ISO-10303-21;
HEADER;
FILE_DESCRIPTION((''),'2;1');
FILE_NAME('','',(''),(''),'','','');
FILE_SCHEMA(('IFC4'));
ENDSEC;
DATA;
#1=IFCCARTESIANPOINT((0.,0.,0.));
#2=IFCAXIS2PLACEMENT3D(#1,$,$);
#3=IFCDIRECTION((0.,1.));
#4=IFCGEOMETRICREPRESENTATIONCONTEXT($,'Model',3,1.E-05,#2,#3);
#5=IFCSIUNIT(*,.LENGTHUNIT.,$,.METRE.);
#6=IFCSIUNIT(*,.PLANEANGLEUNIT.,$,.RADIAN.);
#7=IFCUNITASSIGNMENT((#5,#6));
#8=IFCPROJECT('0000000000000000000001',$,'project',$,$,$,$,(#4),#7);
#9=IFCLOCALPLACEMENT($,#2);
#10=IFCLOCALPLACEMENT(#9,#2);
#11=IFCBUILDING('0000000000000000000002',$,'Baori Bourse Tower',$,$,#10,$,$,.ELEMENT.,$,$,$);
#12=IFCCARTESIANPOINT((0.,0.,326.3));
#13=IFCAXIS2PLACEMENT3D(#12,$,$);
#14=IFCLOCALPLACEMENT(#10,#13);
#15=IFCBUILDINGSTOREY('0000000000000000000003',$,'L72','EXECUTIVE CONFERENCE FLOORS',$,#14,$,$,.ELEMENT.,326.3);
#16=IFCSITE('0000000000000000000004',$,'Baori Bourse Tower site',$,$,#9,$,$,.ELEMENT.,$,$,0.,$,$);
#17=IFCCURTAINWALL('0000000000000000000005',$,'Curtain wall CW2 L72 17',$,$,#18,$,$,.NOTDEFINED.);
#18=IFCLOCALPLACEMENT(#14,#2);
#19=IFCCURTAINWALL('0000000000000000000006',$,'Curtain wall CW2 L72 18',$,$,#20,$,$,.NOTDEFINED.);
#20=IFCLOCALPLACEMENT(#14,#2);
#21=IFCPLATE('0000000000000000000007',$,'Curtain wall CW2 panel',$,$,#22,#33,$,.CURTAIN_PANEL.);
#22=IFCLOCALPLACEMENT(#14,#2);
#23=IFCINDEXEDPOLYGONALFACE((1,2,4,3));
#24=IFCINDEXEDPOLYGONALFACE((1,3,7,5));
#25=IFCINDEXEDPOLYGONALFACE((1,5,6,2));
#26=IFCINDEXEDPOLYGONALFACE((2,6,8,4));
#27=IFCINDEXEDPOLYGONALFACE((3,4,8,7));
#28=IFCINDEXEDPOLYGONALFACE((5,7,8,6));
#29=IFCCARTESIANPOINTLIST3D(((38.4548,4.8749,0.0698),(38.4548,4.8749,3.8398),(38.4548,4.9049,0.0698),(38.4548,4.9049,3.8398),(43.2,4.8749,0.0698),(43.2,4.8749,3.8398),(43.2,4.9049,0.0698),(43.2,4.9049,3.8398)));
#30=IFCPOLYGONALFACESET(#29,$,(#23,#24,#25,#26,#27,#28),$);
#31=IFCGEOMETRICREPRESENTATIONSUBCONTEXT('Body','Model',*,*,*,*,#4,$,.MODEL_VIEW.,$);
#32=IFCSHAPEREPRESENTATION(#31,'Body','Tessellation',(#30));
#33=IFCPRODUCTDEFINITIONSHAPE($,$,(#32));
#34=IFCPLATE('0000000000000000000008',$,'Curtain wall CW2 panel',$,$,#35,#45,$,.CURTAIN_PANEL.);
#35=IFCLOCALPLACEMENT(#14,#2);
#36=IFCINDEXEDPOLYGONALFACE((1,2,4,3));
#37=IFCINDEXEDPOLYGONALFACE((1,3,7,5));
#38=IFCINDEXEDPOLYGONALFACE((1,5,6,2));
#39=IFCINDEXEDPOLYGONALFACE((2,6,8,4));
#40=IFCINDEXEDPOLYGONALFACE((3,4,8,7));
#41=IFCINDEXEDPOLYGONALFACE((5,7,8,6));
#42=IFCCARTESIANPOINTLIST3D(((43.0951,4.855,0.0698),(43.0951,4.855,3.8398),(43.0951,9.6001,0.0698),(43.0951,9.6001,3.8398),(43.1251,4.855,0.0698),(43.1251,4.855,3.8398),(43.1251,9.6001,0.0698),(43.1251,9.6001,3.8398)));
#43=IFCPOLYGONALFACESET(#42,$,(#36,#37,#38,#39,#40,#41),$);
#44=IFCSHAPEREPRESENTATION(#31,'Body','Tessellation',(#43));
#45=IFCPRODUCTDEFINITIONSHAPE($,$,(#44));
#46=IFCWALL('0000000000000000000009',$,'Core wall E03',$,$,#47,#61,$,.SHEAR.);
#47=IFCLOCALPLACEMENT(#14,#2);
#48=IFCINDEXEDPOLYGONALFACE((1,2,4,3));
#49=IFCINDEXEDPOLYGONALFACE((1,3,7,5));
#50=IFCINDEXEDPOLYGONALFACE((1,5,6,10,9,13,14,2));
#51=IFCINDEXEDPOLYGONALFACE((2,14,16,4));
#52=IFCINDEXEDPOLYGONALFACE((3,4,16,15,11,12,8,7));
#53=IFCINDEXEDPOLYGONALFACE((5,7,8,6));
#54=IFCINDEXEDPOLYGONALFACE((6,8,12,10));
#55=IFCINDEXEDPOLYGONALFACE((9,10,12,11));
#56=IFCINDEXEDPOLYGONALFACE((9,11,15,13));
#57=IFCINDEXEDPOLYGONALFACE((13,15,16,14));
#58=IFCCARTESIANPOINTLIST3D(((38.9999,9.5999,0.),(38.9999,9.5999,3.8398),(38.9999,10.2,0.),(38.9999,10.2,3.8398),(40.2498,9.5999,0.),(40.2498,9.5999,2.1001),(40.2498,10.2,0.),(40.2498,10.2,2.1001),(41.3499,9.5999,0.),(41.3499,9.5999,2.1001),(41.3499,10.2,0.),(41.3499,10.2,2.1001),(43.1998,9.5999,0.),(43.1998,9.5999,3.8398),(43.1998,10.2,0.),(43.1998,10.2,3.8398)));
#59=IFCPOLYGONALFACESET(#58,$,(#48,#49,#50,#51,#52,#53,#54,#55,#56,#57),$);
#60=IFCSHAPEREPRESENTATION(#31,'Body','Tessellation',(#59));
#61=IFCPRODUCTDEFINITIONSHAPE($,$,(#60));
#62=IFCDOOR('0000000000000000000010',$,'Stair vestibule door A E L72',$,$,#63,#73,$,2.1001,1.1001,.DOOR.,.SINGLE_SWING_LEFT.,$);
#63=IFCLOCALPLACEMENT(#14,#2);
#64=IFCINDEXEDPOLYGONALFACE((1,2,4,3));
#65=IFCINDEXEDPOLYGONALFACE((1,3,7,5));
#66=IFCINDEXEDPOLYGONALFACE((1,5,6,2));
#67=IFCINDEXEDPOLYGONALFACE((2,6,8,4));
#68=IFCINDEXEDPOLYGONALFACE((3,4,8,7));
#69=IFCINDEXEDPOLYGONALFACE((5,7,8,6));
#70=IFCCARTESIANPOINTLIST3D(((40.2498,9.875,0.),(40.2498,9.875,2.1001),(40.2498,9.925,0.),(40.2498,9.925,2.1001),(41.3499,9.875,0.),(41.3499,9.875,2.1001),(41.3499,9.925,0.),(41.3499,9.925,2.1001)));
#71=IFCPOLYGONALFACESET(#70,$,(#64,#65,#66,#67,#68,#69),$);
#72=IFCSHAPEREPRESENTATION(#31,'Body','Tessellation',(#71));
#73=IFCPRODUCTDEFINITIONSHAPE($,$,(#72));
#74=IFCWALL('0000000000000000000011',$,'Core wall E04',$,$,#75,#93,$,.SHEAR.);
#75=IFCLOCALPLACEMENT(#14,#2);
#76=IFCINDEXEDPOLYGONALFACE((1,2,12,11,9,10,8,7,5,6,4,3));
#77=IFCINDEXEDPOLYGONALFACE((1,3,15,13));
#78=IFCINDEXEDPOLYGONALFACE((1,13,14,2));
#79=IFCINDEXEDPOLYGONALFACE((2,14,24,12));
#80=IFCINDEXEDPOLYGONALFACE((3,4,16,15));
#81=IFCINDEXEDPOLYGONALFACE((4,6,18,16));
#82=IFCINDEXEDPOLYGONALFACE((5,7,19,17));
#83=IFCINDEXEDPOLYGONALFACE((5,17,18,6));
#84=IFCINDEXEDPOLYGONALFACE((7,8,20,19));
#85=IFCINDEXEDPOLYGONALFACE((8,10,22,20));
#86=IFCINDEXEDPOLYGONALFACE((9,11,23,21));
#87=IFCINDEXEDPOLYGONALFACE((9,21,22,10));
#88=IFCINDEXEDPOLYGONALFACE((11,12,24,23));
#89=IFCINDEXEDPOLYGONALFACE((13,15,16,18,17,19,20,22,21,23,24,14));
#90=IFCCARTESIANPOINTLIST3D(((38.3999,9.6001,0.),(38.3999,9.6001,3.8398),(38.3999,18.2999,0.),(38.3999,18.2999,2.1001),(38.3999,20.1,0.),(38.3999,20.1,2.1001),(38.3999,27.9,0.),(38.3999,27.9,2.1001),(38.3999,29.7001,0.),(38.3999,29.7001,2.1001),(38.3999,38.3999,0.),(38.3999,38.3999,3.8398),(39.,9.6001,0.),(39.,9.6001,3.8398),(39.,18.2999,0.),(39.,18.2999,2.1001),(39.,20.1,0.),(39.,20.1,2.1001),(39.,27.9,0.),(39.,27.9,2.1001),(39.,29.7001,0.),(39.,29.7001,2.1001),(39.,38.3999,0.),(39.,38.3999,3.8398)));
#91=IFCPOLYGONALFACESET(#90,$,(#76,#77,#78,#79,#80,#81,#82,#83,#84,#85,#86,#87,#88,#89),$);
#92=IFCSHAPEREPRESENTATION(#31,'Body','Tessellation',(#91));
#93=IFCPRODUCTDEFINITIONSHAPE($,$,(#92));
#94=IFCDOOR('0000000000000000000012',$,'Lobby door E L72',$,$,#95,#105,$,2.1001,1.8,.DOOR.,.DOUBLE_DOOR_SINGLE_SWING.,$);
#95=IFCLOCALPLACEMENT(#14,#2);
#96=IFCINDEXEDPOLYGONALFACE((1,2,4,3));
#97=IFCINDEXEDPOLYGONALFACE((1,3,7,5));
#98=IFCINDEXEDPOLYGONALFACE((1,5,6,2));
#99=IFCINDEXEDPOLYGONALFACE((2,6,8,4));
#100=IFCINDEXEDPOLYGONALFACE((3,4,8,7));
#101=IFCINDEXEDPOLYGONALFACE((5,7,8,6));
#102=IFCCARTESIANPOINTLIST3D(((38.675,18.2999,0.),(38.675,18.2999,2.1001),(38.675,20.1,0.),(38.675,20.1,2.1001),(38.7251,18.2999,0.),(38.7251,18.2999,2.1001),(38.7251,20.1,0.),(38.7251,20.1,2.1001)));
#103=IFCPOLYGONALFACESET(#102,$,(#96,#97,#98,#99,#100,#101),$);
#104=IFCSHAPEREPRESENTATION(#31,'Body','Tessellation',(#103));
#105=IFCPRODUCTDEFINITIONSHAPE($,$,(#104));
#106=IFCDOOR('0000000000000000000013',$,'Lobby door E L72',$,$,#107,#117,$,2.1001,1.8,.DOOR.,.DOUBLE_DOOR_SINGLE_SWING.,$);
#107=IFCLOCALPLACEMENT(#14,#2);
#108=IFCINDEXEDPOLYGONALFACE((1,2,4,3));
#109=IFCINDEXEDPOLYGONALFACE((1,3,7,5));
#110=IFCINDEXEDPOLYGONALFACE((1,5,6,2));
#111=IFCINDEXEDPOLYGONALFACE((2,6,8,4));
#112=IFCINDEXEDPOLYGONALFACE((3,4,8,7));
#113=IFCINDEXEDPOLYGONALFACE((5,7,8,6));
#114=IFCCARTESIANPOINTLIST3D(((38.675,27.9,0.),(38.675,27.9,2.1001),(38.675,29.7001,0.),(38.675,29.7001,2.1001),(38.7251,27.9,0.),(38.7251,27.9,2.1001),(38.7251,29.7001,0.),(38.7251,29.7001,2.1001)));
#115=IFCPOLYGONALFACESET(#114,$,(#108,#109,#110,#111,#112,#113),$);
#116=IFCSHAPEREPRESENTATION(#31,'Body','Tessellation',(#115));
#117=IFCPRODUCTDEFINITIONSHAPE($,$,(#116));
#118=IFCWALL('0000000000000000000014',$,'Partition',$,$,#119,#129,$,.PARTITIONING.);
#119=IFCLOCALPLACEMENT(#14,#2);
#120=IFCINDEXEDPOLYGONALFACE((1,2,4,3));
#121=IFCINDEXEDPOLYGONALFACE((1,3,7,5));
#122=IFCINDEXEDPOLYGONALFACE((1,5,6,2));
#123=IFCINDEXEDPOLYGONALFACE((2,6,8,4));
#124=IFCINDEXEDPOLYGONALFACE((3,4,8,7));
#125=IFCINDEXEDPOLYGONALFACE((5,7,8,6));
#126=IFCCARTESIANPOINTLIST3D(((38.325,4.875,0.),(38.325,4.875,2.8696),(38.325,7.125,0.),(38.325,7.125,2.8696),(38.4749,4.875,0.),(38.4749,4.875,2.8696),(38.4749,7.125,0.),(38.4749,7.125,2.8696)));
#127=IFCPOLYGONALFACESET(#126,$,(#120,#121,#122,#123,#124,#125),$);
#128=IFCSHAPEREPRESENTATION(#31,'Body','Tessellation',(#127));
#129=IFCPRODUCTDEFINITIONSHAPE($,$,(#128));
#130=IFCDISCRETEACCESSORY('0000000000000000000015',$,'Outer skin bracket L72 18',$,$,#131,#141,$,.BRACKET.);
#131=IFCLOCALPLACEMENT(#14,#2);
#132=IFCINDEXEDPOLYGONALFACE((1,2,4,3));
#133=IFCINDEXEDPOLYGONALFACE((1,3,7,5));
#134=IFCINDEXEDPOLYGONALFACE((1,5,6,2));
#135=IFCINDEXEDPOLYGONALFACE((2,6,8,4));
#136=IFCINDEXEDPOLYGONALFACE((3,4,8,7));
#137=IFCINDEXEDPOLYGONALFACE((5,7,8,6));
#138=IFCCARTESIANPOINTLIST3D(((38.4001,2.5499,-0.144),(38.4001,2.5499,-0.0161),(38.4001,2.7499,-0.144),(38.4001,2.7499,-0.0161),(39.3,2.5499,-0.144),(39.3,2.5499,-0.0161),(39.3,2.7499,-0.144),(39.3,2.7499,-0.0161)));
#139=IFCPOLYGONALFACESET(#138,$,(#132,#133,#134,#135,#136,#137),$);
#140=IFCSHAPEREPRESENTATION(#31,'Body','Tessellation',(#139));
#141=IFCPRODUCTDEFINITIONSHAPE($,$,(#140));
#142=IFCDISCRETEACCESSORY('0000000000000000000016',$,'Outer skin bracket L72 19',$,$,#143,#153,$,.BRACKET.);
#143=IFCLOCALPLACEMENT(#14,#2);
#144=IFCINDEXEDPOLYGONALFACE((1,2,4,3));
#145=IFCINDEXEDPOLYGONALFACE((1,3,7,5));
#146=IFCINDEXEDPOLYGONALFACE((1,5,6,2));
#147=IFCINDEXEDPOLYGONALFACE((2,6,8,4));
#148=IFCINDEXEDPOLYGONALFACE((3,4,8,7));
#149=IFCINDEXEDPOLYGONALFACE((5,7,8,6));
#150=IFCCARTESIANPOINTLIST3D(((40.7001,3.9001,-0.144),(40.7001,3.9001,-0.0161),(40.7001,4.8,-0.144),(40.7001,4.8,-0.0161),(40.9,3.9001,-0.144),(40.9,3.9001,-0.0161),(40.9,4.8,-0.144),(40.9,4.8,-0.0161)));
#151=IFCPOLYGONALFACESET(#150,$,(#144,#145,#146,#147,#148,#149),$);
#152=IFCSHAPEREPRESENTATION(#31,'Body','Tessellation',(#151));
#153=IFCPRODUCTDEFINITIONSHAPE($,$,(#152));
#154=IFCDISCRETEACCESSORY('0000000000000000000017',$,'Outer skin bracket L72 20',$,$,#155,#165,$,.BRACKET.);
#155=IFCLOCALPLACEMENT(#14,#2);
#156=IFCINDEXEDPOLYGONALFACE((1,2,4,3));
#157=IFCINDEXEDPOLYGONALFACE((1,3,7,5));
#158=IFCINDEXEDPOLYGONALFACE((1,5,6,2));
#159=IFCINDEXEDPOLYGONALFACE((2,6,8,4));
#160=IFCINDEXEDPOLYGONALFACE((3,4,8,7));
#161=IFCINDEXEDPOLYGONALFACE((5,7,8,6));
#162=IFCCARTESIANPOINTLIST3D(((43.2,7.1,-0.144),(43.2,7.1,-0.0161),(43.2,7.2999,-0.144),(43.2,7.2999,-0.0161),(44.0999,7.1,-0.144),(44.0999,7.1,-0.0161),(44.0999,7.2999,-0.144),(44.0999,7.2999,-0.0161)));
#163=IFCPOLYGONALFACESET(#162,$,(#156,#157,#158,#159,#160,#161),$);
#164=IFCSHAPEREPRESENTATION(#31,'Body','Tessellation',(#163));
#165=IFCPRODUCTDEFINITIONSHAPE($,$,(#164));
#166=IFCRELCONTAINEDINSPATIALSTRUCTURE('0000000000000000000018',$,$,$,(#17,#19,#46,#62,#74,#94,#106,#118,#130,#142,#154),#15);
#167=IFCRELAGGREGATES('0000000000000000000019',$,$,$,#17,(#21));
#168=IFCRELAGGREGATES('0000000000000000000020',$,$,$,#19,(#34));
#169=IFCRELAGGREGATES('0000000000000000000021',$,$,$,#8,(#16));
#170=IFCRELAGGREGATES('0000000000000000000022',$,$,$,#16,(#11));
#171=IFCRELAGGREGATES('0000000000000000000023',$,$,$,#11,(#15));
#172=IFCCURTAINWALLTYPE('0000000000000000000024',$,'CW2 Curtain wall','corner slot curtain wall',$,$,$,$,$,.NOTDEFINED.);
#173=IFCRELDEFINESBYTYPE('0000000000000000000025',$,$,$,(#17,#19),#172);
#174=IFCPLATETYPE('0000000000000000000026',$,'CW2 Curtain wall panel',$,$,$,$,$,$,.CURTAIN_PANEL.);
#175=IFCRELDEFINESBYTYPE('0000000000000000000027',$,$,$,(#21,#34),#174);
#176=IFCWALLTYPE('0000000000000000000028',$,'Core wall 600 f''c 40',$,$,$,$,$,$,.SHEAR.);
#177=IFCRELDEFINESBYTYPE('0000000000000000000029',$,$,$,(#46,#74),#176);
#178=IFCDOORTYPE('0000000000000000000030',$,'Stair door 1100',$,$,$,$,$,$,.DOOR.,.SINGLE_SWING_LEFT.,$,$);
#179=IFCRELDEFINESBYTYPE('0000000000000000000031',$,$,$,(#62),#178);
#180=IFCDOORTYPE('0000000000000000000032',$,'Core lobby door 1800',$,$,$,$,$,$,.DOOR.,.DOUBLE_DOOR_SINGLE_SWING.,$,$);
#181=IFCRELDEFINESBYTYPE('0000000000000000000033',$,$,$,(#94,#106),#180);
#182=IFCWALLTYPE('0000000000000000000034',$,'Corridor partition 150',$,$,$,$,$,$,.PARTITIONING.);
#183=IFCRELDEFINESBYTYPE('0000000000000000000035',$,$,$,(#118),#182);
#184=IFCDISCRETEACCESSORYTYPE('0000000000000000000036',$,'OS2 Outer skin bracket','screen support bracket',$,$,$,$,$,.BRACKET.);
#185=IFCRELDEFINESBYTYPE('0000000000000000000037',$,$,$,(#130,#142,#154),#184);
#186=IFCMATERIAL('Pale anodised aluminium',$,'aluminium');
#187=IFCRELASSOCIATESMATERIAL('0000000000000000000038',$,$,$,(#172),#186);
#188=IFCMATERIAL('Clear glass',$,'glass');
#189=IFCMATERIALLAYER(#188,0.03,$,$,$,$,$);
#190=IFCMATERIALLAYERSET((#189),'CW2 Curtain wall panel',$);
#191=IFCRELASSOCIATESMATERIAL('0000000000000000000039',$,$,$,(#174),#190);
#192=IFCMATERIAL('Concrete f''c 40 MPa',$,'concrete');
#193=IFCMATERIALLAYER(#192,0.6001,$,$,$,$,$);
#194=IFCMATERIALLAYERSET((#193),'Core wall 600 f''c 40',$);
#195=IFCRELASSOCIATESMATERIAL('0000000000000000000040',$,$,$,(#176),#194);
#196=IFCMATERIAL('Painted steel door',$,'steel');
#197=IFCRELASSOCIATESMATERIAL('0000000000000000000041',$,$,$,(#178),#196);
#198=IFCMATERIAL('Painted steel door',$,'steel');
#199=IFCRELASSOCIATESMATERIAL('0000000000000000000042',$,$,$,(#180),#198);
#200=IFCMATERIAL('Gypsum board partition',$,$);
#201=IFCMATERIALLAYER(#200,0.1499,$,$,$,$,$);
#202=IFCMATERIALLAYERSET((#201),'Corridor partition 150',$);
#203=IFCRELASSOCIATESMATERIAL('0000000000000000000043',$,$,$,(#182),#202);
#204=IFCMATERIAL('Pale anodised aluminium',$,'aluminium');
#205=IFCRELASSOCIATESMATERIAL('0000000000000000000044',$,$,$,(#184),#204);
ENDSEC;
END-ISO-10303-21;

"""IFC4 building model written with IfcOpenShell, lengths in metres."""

from ifc_helpers import new_model, si_unit, direction, frame, frame_2d, origin, origin_2d, place, context, subcontext, project, spatial, rectangle, extrude, material, layer, layer_set, type_object, element, fill, aggregate, save


model = new_model("IFC4")

# Units and contexts
model_context = context("Model", 3, precision=1e-05, world=origin(), true_north=direction((0.0, 1.0)))
body_context = subcontext(model_context, "Body", "Model", "MODEL_VIEW")
ifc_project = project(units=[si_unit("LENGTHUNIT", "METRE"), si_unit("PLANEANGLEUNIT", "RADIAN")], contexts=[model_context])

# Site, building, storey
site_placement = place(None, origin())
site = spatial("IfcSite", under=ifc_project, at=site_placement, Name="Baori Bourse Tower site", CompositionType="ELEMENT", RefElevation=0.0)
building_placement = place(site_placement, origin())
building = spatial("IfcBuilding", under=site, at=building_placement, Name="Baori Bourse Tower", CompositionType="ELEMENT")
storey_placement = place(building_placement, frame((0.0, 0.0, 326.3)))
storey = spatial("IfcBuildingStorey", under=building, at=storey_placement, Name="L72", Description="EXECUTIVE CONFERENCE FLOORS", CompositionType="ELEMENT", Elevation=326.3)

# Curtain walls
ifc_material_1 = material(Name="Pale anodised aluminium", Category="aluminium")
curtain_wall_type = type_object("IfcCurtainWallType", Name="CW2 Curtain wall", Description="corner slot curtain wall", PredefinedType="NOTDEFINED", material=ifc_material_1)
curtain_wall_1_placement = place(storey_placement, origin())
curtain_wall_1 = element("IfcCurtainWall", 1, at=curtain_wall_1_placement, inside=storey, type_object=curtain_wall_type, Name="Curtain wall CW2 L72 17", PredefinedType="NOTDEFINED")
curtain_wall_2_placement = place(storey_placement, origin())
curtain_wall_2 = element("IfcCurtainWall", 2, at=curtain_wall_2_placement, inside=storey, type_object=curtain_wall_type, Name="Curtain wall CW2 L72 18", PredefinedType="NOTDEFINED")

# Plates
ifc_material_2 = material(Name="Clear glass", Category="glass")
ifc_layer_1 = layer(ifc_material_2, 0.03)
ifc_layer_set_1 = layer_set([ifc_layer_1], Name="CW2 Curtain wall panel")
plate_type = type_object("IfcPlateType", Name="CW2 Curtain wall panel", PredefinedType="CURTAIN_PANEL", material=ifc_layer_set_1)
plate_1_placement = place(storey_placement, frame((40.8274, 4.8899, 0.0698), z_axis=(0.0, 0.0, 1.0), x_axis=(1.0, 0.0, 0.0)))
plate_1 = element("IfcPlate", 3, at=plate_1_placement, type_object=plate_type, Name="Curtain wall CW2 panel", PredefinedType="CURTAIN_PANEL", context=body_context, shape_type="SweptSolid", body=[
    extrude(rectangle(XDim=4.7451, YDim=0.03, at=origin_2d()), origin(), (0.0, 0.0, 1.0), 3.77),
])
aggregate(curtain_wall_1, [plate_1])
plate_2_placement = place(storey_placement, frame((43.1101, 7.2275, 0.0698), z_axis=(0.0, 0.0, 1.0), x_axis=(0.0, 1.0, 0.0)))
plate_2 = element("IfcPlate", 4, at=plate_2_placement, type_object=plate_type, Name="Curtain wall CW2 panel", PredefinedType="CURTAIN_PANEL", context=body_context, shape_type="SweptSolid", body=[
    extrude(rectangle(XDim=4.7451, YDim=0.03, at=origin_2d()), origin(), (0.0, 0.0, 1.0), 3.77),
])
aggregate(curtain_wall_2, [plate_2])

# Wall, opening, door
ifc_material_3 = material(Name="Concrete f'c 40 MPa", Category="concrete")
ifc_layer_2 = layer(ifc_material_3, 0.6001)
ifc_layer_set_2 = layer_set([ifc_layer_2], Name="Core wall 600 f'c 40")
wall_type_1 = type_object("IfcWallType", Name="Core wall 600 f'c 40", PredefinedType="SHEAR", material=ifc_layer_set_2)
wall_1_placement = place(storey_placement, frame((43.2, 9.8999, 0.0), z_axis=(0.0, 0.0, 1.0), x_axis=(-1.0, 0.0, 0.0)))
wall_1 = element("IfcWall", 5, at=wall_1_placement, inside=storey, type_object=wall_type_1, Name="Core wall E03", PredefinedType="SHEAR", context=body_context, shape_type="SweptSolid", body=[
    extrude(rectangle(XDim=4.2, YDim=0.6001, at=frame_2d((2.1001, 0.0))), origin(), (0.0, 0.0, 1.0), 3.8398),
])
opening_1_placement = place(wall_1_placement, frame((1.8501, 0.0, 0.0)))
opening_1 = element("IfcOpeningElement", 6, at=opening_1_placement, cuts=wall_1, PredefinedType="OPENING", context=body_context, shape_type="SweptSolid", body=[
    extrude(rectangle(XDim=1.1001, YDim=2.1001, at=frame_2d((0.55, 1.05))), frame((0.0, 0.3101, 0.0), z_axis=(0.0, -1.0, 0.0), x_axis=(1.0, 0.0, 0.0)), (0.0, 0.0, 1.0), 0.6201),
])
ifc_material_4 = material(Name="Painted steel door", Category="steel")
door_type_1 = type_object("IfcDoorType", Name="Stair door 1100", OperationType="SINGLE_SWING_LEFT", PredefinedType="DOOR", material=ifc_material_4)
door_1_placement = place(opening_1_placement, origin())
door_1 = element("IfcDoor", 7, at=door_1_placement, inside=storey, type_object=door_type_1, Name="Stair vestibule door A E L72", OperationType="SINGLE_SWING_LEFT", OverallHeight=2.1001, OverallWidth=1.1001, PredefinedType="DOOR", context=body_context, shape_type="SweptSolid", body=[
    extrude(rectangle(XDim=1.1001, YDim=2.1001, at=frame_2d((0.55, 1.05))), frame((0.0, 0.0249, 0.0), z_axis=(0.0, -1.0, 0.0), x_axis=(1.0, 0.0, 0.0)), (0.0, 0.0, 1.0), 0.05),
])
fill(opening_1, door_1)

# Wall, openings, doors
wall_2_placement = place(storey_placement, frame((38.7, 9.6001, 0.0), z_axis=(0.0, 0.0, 1.0), x_axis=(0.0, 1.0, 0.0)))
wall_2 = element("IfcWall", 8, at=wall_2_placement, inside=storey, type_object=wall_type_1, Name="Core wall E04", PredefinedType="SHEAR", context=body_context, shape_type="SweptSolid", body=[
    extrude(rectangle(XDim=28.7998, YDim=0.6001, at=frame_2d((14.3999, 0.0))), origin(), (0.0, 0.0, 1.0), 3.8398),
])
opening_2_placement = place(wall_2_placement, frame((8.7, 0.0, 0.0)))
opening_2 = element("IfcOpeningElement", 9, at=opening_2_placement, cuts=wall_2, PredefinedType="OPENING", context=body_context, shape_type="SweptSolid", body=[
    extrude(rectangle(XDim=1.8, YDim=2.1001, at=frame_2d((0.8999, 1.05))), frame((0.0, 0.3101, 0.0), z_axis=(0.0, -1.0, 0.0), x_axis=(1.0, 0.0, 0.0)), (0.0, 0.0, 1.0), 0.6201),
])
opening_3_placement = place(wall_2_placement, frame((18.3, 0.0, 0.0)))
opening_3 = element("IfcOpeningElement", 10, at=opening_3_placement, cuts=wall_2, PredefinedType="OPENING", context=body_context, shape_type="SweptSolid", body=[
    extrude(rectangle(XDim=1.8, YDim=2.1001, at=frame_2d((0.8999, 1.05))), frame((0.0, 0.3101, 0.0), z_axis=(0.0, -1.0, 0.0), x_axis=(1.0, 0.0, 0.0)), (0.0, 0.0, 1.0), 0.6201),
])
ifc_material_5 = material(Name="Painted steel door", Category="steel")
door_type_2 = type_object("IfcDoorType", Name="Core lobby door 1800", OperationType="DOUBLE_DOOR_SINGLE_SWING", PredefinedType="DOOR", material=ifc_material_5)
door_2_placement = place(opening_2_placement, origin())
door_2 = element("IfcDoor", 11, at=door_2_placement, inside=storey, type_object=door_type_2, Name="Lobby door E L72", OperationType="DOUBLE_DOOR_SINGLE_SWING", OverallHeight=2.1001, OverallWidth=1.8, PredefinedType="DOOR", context=body_context, shape_type="SweptSolid", body=[
    extrude(rectangle(XDim=1.8, YDim=2.1001, at=frame_2d((0.8999, 1.05))), frame((0.0, 0.0249, 0.0), z_axis=(0.0, -1.0, 0.0), x_axis=(1.0, 0.0, 0.0)), (0.0, 0.0, 1.0), 0.05),
])
fill(opening_2, door_2)
door_3_placement = place(opening_3_placement, origin())
door_3 = element("IfcDoor", 12, at=door_3_placement, inside=storey, type_object=door_type_2, Name="Lobby door E L72", OperationType="DOUBLE_DOOR_SINGLE_SWING", OverallHeight=2.1001, OverallWidth=1.8, PredefinedType="DOOR", context=body_context, shape_type="SweptSolid", body=[
    extrude(rectangle(XDim=1.8, YDim=2.1001, at=frame_2d((0.8999, 1.05))), frame((0.0, 0.0249, 0.0), z_axis=(0.0, -1.0, 0.0), x_axis=(1.0, 0.0, 0.0)), (0.0, 0.0, 1.0), 0.05),
])
fill(opening_3, door_3)

# Wall
ifc_material_6 = material(Name="Gypsum board partition")
ifc_layer_3 = layer(ifc_material_6, 0.1499)
ifc_layer_set_3 = layer_set([ifc_layer_3], Name="Corridor partition 150")
wall_type_2 = type_object("IfcWallType", Name="Corridor partition 150", PredefinedType="PARTITIONING", material=ifc_layer_set_3)
wall_3_placement = place(storey_placement, frame((38.3999, 4.875, 0.0), z_axis=(0.0, 0.0, 1.0), x_axis=(0.0, 1.0, 0.0)))
element("IfcWall", 13, at=wall_3_placement, inside=storey, type_object=wall_type_2, Name="Partition", PredefinedType="PARTITIONING", context=body_context, shape_type="SweptSolid", body=[
    extrude(rectangle(XDim=2.25, YDim=0.1499, at=frame_2d((1.125, 0.0))), origin(), (0.0, 0.0, 1.0), 2.8696),
])

# Discrete accessories
ifc_material_7 = material(Name="Pale anodised aluminium", Category="aluminium")
discrete_accessory_type = type_object("IfcDiscreteAccessoryType", Name="OS2 Outer skin bracket", Description="screen support bracket", PredefinedType="BRACKET", material=ifc_material_7)
for number, where, z_axis, x_axis, name in (
    (14, (38.8501, 2.6499, -0.144), (0.0, 0.0, 1.0), (0.0, 1.0, 0.0), "Outer skin bracket L72 18"),
    (15, (40.8, 4.3501, -0.144), (0.0, 0.0, 1.0), (1.0, 0.0, 0.0), "Outer skin bracket L72 19"),
    (16, (43.6499, 7.2, -0.144), (0.0, 0.0, 1.0), (0.0, 1.0, 0.0), "Outer skin bracket L72 20"),
):
    element("IfcDiscreteAccessory", number, at=place(storey_placement, frame(where, z_axis=z_axis, x_axis=x_axis)), inside=storey, type_object=discrete_accessory_type, Name=name, PredefinedType="BRACKET", context=body_context, shape_type="SweptSolid", body=[
        extrude(rectangle(XDim=0.2, YDim=0.8999, at=origin_2d()), origin(), (0.0, 0.0, 1.0), 0.1279),
    ])

save(model, "model.ifc")
